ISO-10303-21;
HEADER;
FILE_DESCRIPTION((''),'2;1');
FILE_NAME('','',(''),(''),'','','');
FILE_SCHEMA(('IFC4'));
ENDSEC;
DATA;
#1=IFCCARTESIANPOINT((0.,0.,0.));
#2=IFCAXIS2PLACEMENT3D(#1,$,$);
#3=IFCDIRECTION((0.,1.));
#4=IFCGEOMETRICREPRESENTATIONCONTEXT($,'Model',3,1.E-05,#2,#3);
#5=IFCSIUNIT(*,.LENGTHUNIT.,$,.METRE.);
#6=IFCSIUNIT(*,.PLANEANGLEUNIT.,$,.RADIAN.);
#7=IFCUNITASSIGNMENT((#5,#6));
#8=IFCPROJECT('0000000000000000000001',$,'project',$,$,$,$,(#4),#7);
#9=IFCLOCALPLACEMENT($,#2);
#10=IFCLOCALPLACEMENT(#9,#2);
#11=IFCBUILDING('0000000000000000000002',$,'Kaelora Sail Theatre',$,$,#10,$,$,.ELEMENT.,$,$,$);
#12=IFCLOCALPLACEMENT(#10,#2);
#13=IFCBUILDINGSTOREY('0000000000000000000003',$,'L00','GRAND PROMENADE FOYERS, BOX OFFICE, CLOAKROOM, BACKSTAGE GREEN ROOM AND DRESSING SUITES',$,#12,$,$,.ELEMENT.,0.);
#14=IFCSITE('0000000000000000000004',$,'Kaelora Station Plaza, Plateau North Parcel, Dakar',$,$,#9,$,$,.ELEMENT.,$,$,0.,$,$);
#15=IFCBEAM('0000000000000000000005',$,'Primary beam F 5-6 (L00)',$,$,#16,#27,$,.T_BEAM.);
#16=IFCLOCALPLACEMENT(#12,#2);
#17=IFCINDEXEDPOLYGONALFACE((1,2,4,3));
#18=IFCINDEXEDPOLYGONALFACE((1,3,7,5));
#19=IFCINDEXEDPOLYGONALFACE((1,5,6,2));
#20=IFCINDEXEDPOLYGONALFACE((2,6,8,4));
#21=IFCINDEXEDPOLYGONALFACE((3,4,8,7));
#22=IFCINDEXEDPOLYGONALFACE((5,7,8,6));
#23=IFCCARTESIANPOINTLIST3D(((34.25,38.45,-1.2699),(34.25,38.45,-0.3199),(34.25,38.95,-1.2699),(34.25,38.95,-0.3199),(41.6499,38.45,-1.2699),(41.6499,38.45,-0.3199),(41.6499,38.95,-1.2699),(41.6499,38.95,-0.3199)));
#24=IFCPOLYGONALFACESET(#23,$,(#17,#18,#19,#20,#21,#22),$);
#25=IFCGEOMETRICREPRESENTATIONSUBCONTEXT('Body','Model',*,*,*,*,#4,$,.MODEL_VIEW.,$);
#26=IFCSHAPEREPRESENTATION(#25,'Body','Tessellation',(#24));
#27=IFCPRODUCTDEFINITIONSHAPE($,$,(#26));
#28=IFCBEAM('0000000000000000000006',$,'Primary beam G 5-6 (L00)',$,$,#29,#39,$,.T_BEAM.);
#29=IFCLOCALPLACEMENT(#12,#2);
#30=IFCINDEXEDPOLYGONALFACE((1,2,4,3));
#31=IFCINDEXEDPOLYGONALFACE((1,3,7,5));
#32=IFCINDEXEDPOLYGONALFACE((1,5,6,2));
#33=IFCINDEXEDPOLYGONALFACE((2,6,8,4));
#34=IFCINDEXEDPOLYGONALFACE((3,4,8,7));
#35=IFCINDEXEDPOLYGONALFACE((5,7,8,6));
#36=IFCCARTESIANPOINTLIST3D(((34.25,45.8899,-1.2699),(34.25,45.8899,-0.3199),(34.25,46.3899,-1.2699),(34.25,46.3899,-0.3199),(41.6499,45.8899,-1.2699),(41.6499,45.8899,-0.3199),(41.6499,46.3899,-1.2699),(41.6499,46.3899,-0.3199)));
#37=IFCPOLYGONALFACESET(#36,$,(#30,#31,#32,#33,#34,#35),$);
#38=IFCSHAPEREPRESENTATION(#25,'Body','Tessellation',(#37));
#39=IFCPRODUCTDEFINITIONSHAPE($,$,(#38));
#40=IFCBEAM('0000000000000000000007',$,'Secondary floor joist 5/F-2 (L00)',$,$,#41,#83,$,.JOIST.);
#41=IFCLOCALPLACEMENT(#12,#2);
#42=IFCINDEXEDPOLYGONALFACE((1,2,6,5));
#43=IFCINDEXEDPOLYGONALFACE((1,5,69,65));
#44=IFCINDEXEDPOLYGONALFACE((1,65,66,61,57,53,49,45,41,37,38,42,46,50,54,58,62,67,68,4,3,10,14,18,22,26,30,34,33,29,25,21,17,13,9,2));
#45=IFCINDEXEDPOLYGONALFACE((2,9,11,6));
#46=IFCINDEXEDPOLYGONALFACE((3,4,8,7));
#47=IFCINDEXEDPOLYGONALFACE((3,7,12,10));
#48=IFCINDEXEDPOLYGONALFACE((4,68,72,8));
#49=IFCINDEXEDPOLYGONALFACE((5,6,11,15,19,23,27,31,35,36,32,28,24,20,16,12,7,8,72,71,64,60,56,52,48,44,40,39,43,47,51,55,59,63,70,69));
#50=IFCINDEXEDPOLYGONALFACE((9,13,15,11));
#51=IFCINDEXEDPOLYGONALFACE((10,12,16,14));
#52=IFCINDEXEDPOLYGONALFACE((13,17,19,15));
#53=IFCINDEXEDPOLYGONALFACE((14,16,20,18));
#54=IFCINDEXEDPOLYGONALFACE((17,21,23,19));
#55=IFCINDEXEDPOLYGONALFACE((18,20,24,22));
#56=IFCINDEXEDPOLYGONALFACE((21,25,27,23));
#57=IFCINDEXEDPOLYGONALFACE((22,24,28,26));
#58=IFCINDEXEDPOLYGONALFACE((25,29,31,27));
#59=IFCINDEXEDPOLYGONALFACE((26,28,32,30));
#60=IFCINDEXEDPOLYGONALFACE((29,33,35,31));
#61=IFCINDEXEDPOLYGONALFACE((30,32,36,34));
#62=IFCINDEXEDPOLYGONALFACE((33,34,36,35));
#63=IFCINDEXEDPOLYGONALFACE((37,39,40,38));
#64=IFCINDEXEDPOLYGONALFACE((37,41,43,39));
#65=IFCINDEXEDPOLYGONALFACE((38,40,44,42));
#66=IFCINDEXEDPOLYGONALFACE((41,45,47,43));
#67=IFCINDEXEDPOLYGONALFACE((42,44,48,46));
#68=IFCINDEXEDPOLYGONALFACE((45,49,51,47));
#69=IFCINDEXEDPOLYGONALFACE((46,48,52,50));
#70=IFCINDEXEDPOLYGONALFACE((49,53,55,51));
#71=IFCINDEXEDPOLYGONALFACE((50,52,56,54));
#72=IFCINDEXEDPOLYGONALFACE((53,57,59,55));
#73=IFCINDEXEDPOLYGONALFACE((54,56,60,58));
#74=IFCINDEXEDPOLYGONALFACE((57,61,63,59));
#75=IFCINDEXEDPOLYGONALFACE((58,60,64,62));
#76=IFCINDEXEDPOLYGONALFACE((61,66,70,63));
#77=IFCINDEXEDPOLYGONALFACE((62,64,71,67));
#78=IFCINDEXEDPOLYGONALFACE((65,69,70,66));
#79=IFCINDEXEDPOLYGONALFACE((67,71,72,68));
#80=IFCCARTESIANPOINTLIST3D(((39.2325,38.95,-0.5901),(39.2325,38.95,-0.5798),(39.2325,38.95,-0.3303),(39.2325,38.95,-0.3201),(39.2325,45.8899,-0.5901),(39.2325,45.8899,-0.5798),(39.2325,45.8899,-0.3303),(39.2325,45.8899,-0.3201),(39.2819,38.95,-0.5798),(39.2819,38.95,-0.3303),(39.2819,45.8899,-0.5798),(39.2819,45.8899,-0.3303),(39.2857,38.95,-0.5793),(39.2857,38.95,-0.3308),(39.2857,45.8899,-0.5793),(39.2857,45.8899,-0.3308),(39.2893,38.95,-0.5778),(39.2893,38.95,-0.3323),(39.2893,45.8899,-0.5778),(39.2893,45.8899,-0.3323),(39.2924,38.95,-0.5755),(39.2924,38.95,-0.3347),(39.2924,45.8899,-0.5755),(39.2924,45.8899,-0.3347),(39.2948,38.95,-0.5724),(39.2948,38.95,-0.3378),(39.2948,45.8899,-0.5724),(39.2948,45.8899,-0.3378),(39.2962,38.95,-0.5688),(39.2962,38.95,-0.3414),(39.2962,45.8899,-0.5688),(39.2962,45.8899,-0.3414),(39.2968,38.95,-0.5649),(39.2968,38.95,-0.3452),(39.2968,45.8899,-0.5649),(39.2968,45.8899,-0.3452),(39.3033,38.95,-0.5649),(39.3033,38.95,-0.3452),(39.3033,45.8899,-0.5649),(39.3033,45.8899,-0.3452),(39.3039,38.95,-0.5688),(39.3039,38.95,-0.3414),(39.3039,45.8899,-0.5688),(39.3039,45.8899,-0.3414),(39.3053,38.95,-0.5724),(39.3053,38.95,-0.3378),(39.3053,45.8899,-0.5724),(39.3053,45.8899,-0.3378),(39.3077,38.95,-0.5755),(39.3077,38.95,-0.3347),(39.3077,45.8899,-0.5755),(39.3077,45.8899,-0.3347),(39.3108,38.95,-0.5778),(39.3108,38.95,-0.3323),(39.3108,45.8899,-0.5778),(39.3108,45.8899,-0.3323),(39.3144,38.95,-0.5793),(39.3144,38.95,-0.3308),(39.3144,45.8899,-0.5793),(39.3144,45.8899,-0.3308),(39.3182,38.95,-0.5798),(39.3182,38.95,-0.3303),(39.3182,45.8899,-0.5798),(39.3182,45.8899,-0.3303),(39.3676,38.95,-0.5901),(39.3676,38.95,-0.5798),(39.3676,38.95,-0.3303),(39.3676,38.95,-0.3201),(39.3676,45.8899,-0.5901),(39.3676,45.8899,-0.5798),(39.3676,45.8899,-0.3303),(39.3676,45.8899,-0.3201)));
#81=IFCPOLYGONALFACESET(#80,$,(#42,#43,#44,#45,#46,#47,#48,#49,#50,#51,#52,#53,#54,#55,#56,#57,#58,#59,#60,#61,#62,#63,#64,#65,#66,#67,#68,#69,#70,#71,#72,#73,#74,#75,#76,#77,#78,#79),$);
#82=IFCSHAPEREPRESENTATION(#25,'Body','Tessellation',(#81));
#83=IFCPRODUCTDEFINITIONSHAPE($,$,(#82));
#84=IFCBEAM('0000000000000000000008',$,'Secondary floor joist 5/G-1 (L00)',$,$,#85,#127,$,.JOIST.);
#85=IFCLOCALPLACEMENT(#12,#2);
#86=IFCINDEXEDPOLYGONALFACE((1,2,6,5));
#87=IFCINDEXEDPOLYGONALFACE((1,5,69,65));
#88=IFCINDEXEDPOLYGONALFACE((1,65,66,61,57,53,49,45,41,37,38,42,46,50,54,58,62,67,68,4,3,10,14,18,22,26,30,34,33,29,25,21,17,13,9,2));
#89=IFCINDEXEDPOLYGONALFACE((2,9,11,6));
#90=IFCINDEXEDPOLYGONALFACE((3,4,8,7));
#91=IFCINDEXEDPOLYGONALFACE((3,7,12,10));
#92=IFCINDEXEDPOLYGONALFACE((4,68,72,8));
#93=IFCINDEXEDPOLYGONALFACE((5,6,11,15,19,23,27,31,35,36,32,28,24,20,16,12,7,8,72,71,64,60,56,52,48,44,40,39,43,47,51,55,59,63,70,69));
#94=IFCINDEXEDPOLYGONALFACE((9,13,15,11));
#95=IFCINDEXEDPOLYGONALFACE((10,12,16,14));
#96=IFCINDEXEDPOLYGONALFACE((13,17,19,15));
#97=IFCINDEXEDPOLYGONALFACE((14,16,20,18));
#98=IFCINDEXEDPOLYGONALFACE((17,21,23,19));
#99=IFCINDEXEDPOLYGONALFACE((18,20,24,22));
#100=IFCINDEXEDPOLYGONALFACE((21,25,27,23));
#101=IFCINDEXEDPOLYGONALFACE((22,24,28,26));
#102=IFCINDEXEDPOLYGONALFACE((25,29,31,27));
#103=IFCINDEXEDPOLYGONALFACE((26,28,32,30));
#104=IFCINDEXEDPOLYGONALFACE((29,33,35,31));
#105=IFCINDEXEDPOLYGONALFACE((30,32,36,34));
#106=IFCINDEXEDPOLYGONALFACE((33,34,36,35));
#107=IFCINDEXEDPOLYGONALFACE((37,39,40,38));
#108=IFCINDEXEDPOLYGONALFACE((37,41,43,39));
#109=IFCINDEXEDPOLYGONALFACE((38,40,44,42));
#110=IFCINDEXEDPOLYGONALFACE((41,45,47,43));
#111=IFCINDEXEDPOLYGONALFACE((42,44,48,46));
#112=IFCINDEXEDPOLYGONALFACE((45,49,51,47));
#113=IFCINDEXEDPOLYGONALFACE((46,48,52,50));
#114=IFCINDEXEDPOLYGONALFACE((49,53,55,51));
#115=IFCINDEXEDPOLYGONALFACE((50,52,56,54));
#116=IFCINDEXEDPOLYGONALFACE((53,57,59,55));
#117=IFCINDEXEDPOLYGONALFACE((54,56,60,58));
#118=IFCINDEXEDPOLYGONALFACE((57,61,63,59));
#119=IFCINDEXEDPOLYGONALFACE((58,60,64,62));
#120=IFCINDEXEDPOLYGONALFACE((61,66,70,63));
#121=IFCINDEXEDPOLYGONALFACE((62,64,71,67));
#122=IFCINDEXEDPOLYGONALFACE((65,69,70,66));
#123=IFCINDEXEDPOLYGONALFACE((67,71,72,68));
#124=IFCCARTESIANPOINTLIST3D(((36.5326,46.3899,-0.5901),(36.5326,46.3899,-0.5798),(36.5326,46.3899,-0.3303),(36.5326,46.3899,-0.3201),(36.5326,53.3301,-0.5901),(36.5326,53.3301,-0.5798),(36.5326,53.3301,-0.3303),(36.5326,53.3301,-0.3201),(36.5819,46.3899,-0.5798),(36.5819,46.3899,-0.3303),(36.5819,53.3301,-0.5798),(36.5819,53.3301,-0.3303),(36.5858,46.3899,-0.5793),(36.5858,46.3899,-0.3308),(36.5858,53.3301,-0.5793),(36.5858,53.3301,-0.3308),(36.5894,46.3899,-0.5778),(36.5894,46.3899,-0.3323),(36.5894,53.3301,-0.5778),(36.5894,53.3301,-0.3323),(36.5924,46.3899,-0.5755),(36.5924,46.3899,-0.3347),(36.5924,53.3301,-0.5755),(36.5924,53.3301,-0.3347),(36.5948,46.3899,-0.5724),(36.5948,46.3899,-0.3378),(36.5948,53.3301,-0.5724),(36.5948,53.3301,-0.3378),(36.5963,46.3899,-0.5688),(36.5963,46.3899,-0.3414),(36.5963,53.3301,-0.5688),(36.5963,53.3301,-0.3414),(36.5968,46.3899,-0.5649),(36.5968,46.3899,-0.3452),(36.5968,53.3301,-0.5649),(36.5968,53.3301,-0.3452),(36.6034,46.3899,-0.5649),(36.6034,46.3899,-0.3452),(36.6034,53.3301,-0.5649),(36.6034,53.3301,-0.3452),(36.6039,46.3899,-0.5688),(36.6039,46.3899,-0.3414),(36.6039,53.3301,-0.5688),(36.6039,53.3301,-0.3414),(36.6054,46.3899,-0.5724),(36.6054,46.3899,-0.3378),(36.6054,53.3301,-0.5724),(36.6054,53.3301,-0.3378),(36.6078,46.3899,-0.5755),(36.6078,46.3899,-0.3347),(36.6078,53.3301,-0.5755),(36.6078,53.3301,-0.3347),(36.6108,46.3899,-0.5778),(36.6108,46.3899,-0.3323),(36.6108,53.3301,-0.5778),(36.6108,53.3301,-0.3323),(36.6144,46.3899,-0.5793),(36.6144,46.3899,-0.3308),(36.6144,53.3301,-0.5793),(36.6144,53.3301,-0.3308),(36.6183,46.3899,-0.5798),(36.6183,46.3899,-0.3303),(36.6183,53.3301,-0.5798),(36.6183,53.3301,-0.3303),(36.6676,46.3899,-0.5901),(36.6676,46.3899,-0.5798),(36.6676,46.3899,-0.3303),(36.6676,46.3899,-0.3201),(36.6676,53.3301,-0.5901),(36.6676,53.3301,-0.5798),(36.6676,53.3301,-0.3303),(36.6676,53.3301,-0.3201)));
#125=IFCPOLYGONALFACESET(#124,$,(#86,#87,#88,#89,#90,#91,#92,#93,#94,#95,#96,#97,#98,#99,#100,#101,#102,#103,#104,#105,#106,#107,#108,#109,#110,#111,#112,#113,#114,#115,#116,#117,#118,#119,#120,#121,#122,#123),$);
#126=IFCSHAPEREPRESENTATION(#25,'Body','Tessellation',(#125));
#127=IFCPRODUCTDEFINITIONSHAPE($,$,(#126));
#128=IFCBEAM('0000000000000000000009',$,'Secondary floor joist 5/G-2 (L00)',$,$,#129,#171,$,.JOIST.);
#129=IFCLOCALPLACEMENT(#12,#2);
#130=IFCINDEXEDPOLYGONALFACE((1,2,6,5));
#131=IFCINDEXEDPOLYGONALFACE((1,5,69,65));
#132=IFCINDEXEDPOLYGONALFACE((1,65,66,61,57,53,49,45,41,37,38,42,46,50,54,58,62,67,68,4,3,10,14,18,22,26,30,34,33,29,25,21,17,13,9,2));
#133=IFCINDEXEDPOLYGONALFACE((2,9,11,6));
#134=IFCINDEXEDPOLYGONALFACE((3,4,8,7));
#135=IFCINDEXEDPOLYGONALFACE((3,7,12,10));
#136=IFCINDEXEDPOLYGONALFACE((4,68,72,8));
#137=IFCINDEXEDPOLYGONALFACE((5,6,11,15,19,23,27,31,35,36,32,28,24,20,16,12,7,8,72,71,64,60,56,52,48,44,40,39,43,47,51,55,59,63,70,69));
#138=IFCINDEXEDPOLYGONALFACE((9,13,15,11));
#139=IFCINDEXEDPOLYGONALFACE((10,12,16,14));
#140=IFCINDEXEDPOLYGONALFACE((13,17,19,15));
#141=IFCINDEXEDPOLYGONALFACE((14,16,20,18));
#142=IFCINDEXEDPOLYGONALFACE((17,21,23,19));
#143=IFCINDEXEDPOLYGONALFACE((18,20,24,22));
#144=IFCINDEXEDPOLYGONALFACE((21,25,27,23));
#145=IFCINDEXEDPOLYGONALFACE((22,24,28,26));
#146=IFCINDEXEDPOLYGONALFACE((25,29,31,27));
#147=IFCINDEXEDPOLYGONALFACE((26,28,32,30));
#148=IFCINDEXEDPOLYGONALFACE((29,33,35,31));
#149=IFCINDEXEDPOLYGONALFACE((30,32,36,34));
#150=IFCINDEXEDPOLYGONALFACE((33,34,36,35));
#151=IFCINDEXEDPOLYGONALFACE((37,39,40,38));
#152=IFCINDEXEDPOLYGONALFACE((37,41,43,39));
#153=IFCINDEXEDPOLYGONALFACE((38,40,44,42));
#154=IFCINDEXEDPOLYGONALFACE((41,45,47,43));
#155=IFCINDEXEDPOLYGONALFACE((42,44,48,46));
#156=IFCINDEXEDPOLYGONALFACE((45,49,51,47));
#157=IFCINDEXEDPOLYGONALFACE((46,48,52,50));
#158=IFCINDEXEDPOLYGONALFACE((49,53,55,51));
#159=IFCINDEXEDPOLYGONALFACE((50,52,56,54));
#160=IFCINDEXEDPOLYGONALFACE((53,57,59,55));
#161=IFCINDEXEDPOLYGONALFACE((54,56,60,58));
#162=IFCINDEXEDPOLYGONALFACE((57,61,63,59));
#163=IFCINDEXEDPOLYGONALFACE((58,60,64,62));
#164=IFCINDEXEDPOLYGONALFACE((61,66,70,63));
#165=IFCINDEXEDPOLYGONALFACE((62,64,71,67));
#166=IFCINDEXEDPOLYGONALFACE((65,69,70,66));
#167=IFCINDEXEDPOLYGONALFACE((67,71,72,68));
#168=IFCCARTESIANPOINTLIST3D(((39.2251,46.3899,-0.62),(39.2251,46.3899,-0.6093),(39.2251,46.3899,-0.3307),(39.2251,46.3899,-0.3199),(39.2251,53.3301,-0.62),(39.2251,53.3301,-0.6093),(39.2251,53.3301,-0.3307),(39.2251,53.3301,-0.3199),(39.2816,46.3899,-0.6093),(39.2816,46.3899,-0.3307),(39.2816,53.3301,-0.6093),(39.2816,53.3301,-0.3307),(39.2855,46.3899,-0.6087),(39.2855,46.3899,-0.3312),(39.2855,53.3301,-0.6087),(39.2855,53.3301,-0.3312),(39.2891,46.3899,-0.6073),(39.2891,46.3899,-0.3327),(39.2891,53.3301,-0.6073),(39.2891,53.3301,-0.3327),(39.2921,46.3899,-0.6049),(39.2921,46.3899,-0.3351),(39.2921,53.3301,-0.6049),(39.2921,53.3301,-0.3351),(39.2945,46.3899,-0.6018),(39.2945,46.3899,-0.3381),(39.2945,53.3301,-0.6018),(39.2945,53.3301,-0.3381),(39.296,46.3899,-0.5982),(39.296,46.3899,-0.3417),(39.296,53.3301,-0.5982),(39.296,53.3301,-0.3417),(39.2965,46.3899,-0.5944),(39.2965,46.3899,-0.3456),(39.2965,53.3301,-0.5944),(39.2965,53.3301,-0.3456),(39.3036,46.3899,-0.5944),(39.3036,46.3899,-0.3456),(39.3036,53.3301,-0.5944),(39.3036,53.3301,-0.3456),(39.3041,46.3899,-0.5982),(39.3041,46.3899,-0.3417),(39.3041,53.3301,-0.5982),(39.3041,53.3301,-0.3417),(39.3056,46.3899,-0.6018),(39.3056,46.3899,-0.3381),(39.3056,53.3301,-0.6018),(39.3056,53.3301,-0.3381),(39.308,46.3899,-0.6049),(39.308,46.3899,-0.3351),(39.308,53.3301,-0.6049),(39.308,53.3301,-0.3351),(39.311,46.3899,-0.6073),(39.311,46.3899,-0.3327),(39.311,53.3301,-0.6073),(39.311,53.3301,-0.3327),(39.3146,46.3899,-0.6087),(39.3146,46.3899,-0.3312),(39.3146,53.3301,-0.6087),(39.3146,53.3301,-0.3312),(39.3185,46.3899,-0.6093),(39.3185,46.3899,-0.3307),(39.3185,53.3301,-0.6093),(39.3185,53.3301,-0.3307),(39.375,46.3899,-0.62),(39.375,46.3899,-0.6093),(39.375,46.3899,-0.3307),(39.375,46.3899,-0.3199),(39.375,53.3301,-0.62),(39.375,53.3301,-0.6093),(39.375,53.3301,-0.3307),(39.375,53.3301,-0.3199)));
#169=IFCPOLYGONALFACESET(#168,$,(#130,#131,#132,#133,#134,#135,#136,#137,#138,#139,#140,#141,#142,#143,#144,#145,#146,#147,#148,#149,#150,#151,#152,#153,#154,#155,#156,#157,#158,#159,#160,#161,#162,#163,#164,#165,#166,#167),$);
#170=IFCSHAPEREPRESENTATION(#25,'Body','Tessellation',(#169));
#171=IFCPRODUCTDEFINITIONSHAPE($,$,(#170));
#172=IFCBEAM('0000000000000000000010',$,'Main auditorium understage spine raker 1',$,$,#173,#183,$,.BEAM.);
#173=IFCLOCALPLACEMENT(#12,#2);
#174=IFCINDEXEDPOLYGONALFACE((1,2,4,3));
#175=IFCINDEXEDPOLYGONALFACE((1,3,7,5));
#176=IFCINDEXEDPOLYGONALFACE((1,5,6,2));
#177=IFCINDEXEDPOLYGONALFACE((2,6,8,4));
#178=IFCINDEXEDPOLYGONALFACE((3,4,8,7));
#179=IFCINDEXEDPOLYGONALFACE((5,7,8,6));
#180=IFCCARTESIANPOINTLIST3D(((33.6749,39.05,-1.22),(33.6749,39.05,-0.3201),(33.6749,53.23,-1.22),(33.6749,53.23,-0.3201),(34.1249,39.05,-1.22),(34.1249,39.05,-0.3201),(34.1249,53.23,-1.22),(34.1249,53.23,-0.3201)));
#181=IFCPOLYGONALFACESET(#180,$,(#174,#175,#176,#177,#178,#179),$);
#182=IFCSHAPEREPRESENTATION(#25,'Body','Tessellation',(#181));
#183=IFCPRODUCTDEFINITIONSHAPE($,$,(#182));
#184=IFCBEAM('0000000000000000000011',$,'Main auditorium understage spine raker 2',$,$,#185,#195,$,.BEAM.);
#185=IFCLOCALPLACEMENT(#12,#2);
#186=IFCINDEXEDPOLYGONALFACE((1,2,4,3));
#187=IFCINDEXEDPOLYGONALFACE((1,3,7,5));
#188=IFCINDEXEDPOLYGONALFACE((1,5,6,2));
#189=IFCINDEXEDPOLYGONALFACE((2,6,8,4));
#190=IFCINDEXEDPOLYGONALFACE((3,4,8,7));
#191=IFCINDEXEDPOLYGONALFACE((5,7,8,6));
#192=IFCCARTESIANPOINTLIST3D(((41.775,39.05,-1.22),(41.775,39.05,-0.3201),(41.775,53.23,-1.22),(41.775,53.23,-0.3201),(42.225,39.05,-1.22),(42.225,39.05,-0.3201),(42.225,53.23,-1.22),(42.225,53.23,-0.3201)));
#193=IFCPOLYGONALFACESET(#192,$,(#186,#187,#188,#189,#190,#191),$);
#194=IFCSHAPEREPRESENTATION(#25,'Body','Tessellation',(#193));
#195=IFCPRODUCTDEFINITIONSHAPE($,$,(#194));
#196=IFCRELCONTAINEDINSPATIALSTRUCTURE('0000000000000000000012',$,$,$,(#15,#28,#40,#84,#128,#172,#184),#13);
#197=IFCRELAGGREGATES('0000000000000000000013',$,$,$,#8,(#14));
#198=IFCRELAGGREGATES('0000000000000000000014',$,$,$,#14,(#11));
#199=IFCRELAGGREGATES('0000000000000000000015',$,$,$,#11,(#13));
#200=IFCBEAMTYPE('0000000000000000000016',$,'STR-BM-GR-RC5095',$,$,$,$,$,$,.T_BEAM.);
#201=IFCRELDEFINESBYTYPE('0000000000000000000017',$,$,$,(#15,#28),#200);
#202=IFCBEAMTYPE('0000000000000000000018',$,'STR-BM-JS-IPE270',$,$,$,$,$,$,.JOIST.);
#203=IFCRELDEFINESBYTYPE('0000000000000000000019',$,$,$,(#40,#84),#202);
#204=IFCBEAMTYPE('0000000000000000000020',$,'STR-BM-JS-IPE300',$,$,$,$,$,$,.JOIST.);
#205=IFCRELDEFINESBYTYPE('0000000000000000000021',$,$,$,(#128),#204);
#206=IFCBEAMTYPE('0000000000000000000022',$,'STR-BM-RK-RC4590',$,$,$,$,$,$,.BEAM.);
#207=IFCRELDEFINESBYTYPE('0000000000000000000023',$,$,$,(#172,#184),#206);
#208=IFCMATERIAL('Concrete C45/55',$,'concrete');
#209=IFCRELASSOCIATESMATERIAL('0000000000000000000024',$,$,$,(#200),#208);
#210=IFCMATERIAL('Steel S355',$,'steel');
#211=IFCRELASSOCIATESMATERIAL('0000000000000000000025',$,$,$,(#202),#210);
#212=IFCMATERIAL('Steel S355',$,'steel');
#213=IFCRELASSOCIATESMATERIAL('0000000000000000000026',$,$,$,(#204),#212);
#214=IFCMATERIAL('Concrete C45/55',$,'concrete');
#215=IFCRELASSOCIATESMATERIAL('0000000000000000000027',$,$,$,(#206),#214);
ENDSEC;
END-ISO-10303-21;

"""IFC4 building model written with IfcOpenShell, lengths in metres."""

from ifc_helpers import new_model, si_unit, direction, frame, origin, origin_2d, place, context, subcontext, project, spatial, rectangle, i_section, extrude, material, material_profile, profile_set, type_object, element, save


model = new_model("IFC4")

# Units and contexts
model_context = context("Model", 3, precision=1e-05, world=origin(), true_north=direction((0.0, 1.0)))
body_context = subcontext(model_context, "Body", "Model", "MODEL_VIEW")
ifc_project = project(units=[si_unit("LENGTHUNIT", "METRE"), si_unit("PLANEANGLEUNIT", "RADIAN")], contexts=[model_context])

# Site, building, storey
site_placement = place(None, origin())
site = spatial("IfcSite", under=ifc_project, at=site_placement, Name="Kaelora Station Plaza, Plateau North Parcel, Dakar", CompositionType="ELEMENT", RefElevation=0.0)
building_placement = place(site_placement, origin())
building = spatial("IfcBuilding", under=site, at=building_placement, Name="Kaelora Sail Theatre", CompositionType="ELEMENT")
storey_placement = place(building_placement, origin())
storey = spatial("IfcBuildingStorey", under=building, at=storey_placement, Name="L00", Description="GRAND PROMENADE FOYERS, BOX OFFICE, CLOAKROOM, BACKSTAGE GREEN ROOM AND DRESSING SUITES", CompositionType="ELEMENT", Elevation=0.0)

# Beams
ifc_material_1 = material(Name="Concrete C45/55", Category="concrete")
ifc_material_profile_1 = material_profile(ifc_material_1, rectangle(XDim=0.5, YDim=0.95, at=origin_2d()), Name="RC-GRD 500x950")
ifc_profile_set_1 = profile_set([ifc_material_profile_1], Name="Concrete C45/55")
beam_type_1 = type_object("IfcBeamType", Name="STR-BM-GR-RC5095", PredefinedType="T_BEAM", material=ifc_profile_set_1)
for number, where, z_axis, x_axis, name in (
    (1, (34.25, 38.7, -0.7949), (1.0, 0.0, 0.0), (0.0, 1.0, 0.0), "Primary beam F 5-6 (L00)"),
    (2, (34.25, 46.1399, -0.7949), (1.0, 0.0, 0.0), (0.0, 1.0, 0.0), "Primary beam G 5-6 (L00)"),
):
    element("IfcBeam", number, at=place(storey_placement, frame(where, z_axis=z_axis, x_axis=x_axis)), inside=storey, type_object=beam_type_1, Name=name, PredefinedType="T_BEAM", context=body_context, shape_type="SweptSolid", body=[
        extrude(rectangle(XDim=0.5, YDim=0.95, at=origin_2d()), origin(), (0.0, 0.0, 1.0), 7.3999),
    ])
ifc_material_2 = material(Name="Steel S355", Category="steel")
ifc_material_profile_2 = material_profile(ifc_material_2, i_section(OverallWidth=0.135, OverallDepth=0.27, WebThickness=0.0066, FlangeThickness=0.0103, FilletRadius=0.0149, at=origin_2d()), Name="IPE 270")
ifc_profile_set_2 = profile_set([ifc_material_profile_2], Name="Steel S355")
beam_type_2 = type_object("IfcBeamType", Name="STR-BM-JS-IPE270", PredefinedType="JOIST", material=ifc_profile_set_2)
beam_1_placement = place(storey_placement, frame((39.3, 38.95, -0.4551), z_axis=(0.0, 1.0, 0.0), x_axis=(-1.0, 0.0, 0.0)))
element("IfcBeam", 3, at=beam_1_placement, inside=storey, type_object=beam_type_2, Name="Secondary floor joist 5/F-2 (L00)", PredefinedType="JOIST", context=body_context, shape_type="SweptSolid", body=[
    extrude(i_section(OverallWidth=0.135, OverallDepth=0.27, WebThickness=0.0066, FlangeThickness=0.0103, FilletRadius=0.0149, at=origin_2d()), origin(), (0.0, 0.0, 1.0), 6.9399),
])
beam_2_placement = place(storey_placement, frame((36.6001, 46.3899, -0.4551), z_axis=(0.0, 1.0, 0.0), x_axis=(-1.0, 0.0, 0.0)))
element("IfcBeam", 4, at=beam_2_placement, inside=storey, type_object=beam_type_2, Name="Secondary floor joist 5/G-1 (L00)", PredefinedType="JOIST", context=body_context, shape_type="SweptSolid", body=[
    extrude(i_section(OverallWidth=0.135, OverallDepth=0.27, WebThickness=0.0066, FlangeThickness=0.0103, FilletRadius=0.0149, at=origin_2d()), origin(), (0.0, 0.0, 1.0), 6.9402),
])
ifc_material_3 = material(Name="Steel S355", Category="steel")
ifc_material_profile_3 = material_profile(ifc_material_3, i_section(OverallWidth=0.1499, OverallDepth=0.3, WebThickness=0.0071, FlangeThickness=0.0107, FilletRadius=0.0149, at=origin_2d()), Name="IPE 300")
ifc_profile_set_3 = profile_set([ifc_material_profile_3], Name="Steel S355")
beam_type_3 = type_object("IfcBeamType", Name="STR-BM-JS-IPE300", PredefinedType="JOIST", material=ifc_profile_set_3)
beam_3_placement = place(storey_placement, frame((39.3, 46.3899, -0.47), z_axis=(0.0, 1.0, 0.0), x_axis=(-1.0, 0.0, 0.0)))
element("IfcBeam", 5, at=beam_3_placement, inside=storey, type_object=beam_type_3, Name="Secondary floor joist 5/G-2 (L00)", PredefinedType="JOIST", context=body_context, shape_type="SweptSolid", body=[
    extrude(i_section(OverallWidth=0.1499, OverallDepth=0.3, WebThickness=0.0071, FlangeThickness=0.0107, FilletRadius=0.0149, at=origin_2d()), origin(), (0.0, 0.0, 1.0), 6.9402),
])
ifc_material_4 = material(Name="Concrete C45/55", Category="concrete")
ifc_material_profile_4 = material_profile(ifc_material_4, rectangle(XDim=0.45, YDim=0.8999, at=origin_2d()), Name="RC-RAK 450x900")
ifc_profile_set_4 = profile_set([ifc_material_profile_4], Name="Concrete C45/55")
beam_type_4 = type_object("IfcBeamType", Name="STR-BM-RK-RC4590", PredefinedType="BEAM", material=ifc_profile_set_4)
for number, where, z_axis, x_axis, name in (
    (6, (33.8999, 39.05, -0.77), (0.0, 1.0, 0.0), (-1.0, 0.0, 0.0), "Main auditorium understage spine raker 1"),
    (7, (42.0, 39.05, -0.77), (0.0, 1.0, 0.0), (-1.0, 0.0, 0.0), "Main auditorium understage spine raker 2"),
):
    element("IfcBeam", number, at=place(storey_placement, frame(where, z_axis=z_axis, x_axis=x_axis)), inside=storey, type_object=beam_type_4, Name=name, PredefinedType="BEAM", context=body_context, shape_type="SweptSolid", body=[
        extrude(rectangle(XDim=0.45, YDim=0.8999, at=origin_2d()), origin(), (0.0, 0.0, 1.0), 14.1799),
    ])

save(model, "model.ifc")
